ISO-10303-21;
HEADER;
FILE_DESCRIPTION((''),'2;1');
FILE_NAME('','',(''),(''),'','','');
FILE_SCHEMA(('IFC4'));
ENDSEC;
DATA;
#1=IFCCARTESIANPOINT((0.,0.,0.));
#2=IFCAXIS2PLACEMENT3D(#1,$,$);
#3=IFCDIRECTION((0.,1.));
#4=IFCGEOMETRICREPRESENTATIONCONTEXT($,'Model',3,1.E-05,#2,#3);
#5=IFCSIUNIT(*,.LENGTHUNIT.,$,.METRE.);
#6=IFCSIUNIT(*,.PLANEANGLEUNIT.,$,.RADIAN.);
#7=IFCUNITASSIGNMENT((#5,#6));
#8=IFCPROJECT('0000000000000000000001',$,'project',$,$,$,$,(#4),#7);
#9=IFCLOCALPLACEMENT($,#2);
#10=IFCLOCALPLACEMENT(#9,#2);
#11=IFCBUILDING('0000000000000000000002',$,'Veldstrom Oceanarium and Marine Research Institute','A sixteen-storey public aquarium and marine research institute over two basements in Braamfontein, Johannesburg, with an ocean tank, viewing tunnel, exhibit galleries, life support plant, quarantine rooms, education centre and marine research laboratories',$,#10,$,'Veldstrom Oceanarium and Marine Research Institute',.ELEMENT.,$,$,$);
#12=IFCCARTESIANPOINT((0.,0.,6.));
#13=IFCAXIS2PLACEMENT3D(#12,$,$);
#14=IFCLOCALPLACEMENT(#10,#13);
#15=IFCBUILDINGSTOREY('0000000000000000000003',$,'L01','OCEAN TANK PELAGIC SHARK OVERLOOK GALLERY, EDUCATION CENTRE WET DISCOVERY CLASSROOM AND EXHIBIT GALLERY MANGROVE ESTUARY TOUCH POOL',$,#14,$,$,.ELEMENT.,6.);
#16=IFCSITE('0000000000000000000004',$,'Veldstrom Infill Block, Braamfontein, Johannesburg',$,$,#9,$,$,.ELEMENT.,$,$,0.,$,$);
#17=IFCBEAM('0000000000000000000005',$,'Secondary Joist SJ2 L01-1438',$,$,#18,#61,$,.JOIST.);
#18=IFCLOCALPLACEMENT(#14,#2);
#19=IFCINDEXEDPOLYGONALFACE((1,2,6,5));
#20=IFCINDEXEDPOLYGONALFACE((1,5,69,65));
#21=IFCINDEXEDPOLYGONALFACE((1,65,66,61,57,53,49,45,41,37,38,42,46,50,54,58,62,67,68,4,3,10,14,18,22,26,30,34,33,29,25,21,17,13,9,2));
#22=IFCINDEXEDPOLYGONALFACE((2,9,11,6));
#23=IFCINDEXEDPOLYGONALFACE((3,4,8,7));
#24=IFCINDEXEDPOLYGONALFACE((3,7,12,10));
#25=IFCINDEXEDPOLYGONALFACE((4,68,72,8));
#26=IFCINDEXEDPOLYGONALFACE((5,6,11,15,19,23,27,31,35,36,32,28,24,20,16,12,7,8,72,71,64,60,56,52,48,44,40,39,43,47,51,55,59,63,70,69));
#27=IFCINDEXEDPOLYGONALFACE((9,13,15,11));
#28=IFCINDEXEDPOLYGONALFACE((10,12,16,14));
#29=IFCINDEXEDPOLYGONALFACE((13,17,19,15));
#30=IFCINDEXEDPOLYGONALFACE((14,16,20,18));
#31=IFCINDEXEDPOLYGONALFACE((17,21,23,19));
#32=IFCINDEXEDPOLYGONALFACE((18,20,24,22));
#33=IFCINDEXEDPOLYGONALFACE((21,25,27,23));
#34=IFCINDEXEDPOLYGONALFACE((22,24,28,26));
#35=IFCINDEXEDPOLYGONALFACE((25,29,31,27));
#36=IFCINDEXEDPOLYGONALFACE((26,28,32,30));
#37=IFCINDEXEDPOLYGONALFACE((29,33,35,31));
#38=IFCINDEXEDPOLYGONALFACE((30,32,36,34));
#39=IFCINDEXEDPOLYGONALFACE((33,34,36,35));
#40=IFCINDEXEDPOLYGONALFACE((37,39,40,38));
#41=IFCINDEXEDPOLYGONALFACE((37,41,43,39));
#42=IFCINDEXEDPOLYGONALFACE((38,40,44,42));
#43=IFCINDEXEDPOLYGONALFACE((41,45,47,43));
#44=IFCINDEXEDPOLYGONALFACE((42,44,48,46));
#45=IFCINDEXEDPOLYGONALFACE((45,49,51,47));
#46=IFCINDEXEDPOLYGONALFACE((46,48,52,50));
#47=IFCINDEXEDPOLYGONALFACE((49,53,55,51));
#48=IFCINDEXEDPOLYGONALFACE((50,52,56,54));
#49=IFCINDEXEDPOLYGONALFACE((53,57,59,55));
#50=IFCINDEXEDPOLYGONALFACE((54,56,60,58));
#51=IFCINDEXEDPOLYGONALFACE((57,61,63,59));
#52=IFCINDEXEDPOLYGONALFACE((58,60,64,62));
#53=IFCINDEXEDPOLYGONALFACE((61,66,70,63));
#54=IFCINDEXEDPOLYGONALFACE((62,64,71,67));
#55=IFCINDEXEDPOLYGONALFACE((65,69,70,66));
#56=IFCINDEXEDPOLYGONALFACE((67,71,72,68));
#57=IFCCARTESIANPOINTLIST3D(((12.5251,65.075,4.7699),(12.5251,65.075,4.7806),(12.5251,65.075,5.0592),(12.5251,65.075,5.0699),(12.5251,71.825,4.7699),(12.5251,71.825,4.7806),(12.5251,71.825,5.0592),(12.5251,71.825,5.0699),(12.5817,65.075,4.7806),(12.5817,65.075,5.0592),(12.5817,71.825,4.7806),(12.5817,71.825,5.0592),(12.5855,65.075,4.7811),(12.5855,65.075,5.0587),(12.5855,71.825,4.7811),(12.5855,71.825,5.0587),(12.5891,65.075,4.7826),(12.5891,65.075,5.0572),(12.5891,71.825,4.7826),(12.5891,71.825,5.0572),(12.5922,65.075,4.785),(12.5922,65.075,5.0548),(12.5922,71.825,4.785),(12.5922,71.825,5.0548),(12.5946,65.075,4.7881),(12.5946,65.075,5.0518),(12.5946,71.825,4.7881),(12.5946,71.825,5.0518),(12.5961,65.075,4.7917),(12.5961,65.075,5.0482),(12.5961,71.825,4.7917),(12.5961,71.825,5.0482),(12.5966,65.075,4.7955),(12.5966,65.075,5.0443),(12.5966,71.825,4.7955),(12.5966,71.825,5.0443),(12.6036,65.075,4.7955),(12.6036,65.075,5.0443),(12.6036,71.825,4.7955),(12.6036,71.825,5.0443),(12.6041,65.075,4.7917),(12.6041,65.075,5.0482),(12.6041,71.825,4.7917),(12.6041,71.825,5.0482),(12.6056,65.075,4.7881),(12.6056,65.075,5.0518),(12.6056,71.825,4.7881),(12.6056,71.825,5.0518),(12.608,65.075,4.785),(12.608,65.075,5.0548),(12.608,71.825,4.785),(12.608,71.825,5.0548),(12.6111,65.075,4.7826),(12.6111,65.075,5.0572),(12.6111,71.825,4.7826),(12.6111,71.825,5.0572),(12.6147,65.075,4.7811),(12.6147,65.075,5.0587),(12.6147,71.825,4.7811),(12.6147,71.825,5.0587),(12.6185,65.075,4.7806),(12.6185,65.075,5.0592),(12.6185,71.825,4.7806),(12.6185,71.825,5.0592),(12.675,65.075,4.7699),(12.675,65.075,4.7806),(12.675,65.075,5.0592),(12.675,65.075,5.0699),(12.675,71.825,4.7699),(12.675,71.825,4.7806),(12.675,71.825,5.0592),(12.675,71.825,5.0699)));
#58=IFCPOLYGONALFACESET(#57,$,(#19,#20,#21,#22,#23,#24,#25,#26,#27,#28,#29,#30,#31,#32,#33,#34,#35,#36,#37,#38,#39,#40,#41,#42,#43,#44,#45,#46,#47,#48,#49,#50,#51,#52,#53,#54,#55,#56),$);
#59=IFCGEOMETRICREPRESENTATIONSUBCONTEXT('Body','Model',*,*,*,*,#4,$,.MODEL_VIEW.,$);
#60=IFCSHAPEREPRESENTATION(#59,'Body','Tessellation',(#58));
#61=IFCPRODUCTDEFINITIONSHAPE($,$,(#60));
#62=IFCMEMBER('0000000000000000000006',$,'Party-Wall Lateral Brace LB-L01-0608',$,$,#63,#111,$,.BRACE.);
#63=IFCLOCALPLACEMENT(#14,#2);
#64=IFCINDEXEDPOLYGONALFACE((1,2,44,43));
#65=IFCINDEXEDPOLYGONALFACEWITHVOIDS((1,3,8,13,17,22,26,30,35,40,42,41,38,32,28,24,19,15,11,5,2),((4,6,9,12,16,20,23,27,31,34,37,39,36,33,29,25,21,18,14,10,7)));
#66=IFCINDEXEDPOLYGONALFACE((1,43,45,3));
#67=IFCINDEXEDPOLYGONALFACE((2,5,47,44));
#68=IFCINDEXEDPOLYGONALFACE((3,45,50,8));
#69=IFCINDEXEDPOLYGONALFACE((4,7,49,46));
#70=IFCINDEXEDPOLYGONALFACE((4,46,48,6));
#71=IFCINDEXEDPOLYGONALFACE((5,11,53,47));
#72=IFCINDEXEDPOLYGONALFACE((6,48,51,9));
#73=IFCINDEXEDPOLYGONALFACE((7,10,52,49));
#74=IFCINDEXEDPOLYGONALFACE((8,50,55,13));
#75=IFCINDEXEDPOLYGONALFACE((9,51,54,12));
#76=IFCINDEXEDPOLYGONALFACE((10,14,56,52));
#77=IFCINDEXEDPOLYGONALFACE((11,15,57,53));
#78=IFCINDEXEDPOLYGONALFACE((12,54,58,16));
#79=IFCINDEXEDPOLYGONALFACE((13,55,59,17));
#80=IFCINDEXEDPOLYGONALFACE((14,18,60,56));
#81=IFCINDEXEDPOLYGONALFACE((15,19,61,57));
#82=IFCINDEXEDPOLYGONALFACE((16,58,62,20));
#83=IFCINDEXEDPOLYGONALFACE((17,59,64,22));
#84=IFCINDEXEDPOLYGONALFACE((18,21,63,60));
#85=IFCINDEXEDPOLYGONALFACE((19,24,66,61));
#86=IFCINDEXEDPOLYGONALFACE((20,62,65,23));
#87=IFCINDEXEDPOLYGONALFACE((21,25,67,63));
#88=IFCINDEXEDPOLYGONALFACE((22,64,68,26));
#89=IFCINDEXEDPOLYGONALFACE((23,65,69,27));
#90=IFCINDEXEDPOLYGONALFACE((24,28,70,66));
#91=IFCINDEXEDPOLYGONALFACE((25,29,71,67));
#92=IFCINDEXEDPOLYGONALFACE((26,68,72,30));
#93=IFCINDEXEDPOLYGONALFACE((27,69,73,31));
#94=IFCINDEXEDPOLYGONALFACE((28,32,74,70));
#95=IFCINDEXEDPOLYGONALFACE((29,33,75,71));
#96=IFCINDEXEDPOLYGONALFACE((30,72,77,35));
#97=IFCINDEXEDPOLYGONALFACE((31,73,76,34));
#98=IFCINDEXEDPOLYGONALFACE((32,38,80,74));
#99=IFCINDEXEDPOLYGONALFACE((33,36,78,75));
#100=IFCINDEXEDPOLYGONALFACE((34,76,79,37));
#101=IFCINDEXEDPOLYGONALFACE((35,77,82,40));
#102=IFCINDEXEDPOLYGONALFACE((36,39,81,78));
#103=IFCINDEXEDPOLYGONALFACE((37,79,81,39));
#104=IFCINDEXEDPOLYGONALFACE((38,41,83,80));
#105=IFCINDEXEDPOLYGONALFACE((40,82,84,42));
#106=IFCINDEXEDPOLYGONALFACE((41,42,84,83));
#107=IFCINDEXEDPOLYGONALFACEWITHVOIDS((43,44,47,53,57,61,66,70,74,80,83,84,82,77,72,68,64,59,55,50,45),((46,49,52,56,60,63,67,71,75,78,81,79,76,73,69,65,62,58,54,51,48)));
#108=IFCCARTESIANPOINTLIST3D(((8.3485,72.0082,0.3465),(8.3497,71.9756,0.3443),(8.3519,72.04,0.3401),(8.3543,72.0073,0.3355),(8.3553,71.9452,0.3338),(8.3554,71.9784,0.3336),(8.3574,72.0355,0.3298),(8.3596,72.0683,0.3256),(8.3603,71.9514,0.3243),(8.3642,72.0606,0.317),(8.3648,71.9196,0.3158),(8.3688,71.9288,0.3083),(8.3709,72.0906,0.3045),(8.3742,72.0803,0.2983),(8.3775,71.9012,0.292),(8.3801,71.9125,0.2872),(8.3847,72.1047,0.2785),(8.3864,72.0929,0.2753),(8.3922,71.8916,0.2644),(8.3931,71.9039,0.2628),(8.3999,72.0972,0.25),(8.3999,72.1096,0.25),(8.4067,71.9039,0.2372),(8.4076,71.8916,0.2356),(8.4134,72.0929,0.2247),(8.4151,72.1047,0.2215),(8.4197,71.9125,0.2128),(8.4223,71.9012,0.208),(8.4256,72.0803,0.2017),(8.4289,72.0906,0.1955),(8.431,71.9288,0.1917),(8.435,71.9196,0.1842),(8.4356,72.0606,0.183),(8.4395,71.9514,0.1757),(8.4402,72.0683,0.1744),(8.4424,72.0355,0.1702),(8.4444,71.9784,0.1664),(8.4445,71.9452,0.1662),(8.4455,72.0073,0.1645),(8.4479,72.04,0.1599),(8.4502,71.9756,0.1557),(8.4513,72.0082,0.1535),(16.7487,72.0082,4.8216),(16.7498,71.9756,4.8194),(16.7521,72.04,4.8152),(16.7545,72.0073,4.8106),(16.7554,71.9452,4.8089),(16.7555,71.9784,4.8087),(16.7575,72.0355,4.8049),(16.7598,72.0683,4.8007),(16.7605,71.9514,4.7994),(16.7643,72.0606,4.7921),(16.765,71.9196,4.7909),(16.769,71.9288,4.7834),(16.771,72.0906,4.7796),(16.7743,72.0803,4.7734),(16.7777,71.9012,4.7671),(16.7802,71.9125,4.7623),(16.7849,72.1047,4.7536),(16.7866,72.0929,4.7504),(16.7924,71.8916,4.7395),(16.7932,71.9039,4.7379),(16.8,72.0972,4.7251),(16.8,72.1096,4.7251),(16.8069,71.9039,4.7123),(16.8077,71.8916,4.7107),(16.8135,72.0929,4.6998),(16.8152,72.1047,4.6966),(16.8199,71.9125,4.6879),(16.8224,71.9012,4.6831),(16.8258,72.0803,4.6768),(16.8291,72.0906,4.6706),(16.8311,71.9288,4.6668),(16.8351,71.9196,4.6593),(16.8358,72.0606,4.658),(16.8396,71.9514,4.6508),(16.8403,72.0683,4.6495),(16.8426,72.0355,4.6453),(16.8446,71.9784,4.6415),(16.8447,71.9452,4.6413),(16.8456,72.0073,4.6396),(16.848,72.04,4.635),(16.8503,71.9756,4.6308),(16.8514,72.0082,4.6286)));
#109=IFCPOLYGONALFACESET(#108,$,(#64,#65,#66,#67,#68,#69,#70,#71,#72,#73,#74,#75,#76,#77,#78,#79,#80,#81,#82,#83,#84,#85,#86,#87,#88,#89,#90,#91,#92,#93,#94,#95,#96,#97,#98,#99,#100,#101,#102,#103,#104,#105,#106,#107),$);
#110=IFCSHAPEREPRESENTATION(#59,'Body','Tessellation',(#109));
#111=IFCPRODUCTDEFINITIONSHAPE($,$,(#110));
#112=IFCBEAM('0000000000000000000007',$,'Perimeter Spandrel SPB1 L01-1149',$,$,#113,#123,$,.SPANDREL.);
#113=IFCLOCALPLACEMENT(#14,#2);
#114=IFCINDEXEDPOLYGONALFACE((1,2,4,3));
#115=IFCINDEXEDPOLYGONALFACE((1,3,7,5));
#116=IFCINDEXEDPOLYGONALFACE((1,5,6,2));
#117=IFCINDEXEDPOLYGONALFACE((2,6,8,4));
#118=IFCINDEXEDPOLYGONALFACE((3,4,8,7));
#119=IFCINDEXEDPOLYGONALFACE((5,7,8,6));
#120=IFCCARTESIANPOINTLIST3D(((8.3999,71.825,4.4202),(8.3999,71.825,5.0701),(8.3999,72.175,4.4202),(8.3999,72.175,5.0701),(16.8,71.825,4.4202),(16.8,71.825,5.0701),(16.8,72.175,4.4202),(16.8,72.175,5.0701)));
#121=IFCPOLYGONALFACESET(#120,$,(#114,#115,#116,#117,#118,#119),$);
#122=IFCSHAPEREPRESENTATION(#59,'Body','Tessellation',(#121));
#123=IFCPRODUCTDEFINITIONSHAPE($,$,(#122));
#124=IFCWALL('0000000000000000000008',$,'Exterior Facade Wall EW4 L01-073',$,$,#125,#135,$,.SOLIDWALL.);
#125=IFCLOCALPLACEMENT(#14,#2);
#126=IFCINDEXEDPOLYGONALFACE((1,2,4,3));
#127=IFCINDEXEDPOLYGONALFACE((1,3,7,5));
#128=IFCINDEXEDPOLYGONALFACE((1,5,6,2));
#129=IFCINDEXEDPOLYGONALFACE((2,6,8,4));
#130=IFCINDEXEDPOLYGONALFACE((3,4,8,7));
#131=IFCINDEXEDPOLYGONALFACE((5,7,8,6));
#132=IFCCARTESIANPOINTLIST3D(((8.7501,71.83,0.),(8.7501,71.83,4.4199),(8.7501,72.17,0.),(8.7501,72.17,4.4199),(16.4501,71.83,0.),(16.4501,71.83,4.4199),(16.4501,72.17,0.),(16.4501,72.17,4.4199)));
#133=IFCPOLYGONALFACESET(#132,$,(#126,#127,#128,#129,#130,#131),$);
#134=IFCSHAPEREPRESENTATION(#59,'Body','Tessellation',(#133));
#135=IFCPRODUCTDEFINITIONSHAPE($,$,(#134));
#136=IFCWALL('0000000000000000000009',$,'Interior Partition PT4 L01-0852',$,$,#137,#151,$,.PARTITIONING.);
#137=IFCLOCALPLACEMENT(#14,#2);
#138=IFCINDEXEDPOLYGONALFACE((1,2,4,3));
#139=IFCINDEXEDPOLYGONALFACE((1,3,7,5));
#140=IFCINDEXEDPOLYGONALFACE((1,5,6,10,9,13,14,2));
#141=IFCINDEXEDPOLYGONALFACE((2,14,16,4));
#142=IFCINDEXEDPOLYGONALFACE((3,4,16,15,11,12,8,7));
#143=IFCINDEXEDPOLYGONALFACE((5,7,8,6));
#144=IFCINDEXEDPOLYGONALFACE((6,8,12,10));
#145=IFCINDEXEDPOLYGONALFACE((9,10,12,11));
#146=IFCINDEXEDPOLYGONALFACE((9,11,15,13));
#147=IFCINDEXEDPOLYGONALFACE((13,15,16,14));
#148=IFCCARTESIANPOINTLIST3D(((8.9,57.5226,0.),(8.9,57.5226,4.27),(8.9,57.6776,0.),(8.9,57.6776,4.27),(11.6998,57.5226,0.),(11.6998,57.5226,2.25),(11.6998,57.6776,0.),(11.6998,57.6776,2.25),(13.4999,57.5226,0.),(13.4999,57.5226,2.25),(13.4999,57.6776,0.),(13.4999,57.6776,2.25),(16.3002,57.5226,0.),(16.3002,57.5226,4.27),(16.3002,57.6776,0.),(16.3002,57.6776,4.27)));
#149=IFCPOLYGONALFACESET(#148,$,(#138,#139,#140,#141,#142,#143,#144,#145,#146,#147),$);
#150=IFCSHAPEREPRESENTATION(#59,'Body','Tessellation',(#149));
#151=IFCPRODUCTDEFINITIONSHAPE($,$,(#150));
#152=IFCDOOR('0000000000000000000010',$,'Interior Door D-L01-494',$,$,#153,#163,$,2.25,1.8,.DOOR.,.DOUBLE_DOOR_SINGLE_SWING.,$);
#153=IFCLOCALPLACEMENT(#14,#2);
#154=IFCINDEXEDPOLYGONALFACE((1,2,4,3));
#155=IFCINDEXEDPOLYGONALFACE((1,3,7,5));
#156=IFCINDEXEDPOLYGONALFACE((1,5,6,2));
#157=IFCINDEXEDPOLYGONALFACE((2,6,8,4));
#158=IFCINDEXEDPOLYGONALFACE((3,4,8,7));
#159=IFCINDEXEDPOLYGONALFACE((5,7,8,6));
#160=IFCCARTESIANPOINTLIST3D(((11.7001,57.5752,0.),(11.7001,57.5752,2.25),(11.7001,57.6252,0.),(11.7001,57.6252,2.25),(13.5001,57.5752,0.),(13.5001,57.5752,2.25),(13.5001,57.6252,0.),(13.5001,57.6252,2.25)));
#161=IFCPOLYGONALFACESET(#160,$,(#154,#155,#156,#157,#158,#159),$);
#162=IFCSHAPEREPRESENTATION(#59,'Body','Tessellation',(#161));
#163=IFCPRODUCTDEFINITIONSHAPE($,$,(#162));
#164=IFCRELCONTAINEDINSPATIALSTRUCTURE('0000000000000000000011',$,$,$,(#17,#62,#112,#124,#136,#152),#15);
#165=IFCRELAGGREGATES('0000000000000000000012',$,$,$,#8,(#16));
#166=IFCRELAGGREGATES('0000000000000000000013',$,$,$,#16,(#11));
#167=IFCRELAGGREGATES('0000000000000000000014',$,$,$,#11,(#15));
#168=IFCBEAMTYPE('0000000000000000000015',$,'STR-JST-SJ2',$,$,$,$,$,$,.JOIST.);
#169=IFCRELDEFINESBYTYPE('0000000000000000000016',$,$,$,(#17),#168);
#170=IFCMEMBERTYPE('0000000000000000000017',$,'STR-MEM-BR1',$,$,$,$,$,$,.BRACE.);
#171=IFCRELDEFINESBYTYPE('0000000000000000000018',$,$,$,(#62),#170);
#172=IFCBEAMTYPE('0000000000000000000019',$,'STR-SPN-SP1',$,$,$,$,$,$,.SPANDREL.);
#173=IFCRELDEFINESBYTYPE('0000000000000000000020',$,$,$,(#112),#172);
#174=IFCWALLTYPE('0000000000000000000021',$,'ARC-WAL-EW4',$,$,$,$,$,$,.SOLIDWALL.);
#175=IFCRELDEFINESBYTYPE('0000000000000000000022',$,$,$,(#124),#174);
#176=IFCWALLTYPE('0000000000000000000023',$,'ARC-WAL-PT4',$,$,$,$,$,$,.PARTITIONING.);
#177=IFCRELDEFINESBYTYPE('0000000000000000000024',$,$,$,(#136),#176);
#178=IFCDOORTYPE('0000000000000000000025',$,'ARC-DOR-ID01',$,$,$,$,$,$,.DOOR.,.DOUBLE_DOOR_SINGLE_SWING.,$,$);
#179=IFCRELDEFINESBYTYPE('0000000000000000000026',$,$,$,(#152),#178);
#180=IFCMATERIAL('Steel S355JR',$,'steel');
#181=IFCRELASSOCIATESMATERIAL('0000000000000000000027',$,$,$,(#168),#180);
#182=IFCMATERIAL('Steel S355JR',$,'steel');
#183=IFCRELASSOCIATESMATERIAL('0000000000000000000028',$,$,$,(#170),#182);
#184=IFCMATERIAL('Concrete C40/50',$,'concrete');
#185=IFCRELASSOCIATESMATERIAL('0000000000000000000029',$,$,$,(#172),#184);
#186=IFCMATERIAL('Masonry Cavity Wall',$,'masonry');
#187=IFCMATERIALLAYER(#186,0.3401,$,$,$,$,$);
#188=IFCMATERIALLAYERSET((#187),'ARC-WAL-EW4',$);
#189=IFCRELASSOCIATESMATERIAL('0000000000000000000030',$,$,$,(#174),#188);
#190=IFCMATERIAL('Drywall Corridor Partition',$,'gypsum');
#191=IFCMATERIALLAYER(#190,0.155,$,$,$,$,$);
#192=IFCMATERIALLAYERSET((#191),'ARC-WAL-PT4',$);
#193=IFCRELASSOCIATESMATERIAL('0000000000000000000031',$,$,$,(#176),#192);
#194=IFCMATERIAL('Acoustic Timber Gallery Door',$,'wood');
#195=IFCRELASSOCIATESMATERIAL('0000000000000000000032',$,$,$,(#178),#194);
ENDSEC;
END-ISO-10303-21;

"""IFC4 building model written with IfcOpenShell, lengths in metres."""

from ifc_helpers import new_model, si_unit, direction, frame, frame_2d, origin, origin_2d, place, context, subcontext, project, spatial, rectangle, hollow_circle, i_section, extrude, material, layer, layer_set, material_profile, profile_set, type_object, element, fill, save


model = new_model("IFC4")

# Units and contexts
model_context = context("Model", 3, precision=1e-05, world=origin(), true_north=direction((0.0, 1.0)))
body_context = subcontext(model_context, "Body", "Model", "MODEL_VIEW")
ifc_project = project(units=[si_unit("LENGTHUNIT", "METRE"), si_unit("PLANEANGLEUNIT", "RADIAN")], contexts=[model_context])

# Site, building, storey
site_placement = place(None, origin())
site = spatial("IfcSite", under=ifc_project, at=site_placement, Name="Veldstrom Infill Block, Braamfontein, Johannesburg", CompositionType="ELEMENT", RefElevation=0.0)
building_placement = place(site_placement, origin())
building = spatial("IfcBuilding", under=site, at=building_placement, Name="Veldstrom Oceanarium and Marine Research Institute", Description="A sixteen-storey public aquarium and marine research institute over two basements in Braamfontein, Johannesburg, with an ocean tank, viewing tunnel, exhibit galleries, life support plant, quarantine rooms, education centre and marine research laboratories", LongName="Veldstrom Oceanarium and Marine Research Institute", CompositionType="ELEMENT")
storey_placement = place(building_placement, frame((0.0, 0.0, 6.0)))
storey = spatial("IfcBuildingStorey", under=building, at=storey_placement, Name="L01", Description="OCEAN TANK PELAGIC SHARK OVERLOOK GALLERY, EDUCATION CENTRE WET DISCOVERY CLASSROOM AND EXHIBIT GALLERY MANGROVE ESTUARY TOUCH POOL", CompositionType="ELEMENT", Elevation=6.0)

# Beam
ifc_material_1 = material(Name="Steel S355JR", Category="steel")
ifc_material_profile_1 = material_profile(ifc_material_1, i_section(OverallWidth=0.1499, OverallDepth=0.3, WebThickness=0.0071, FlangeThickness=0.0107, FilletRadius=0.0149, at=origin_2d()), Name="IPE 300")
ifc_profile_set_1 = profile_set([ifc_material_profile_1], Name="Steel S355JR")
beam_type_1 = type_object("IfcBeamType", Name="STR-JST-SJ2", PredefinedType="JOIST", material=ifc_profile_set_1)
beam_1_placement = place(storey_placement, frame((12.6001, 65.075, 4.9199), z_axis=(0.0, 1.0, 0.0), x_axis=(-1.0, 0.0, 0.0)))
element("IfcBeam", 1, at=beam_1_placement, inside=storey, type_object=beam_type_1, Name="Secondary Joist SJ2 L01-1438", PredefinedType="JOIST", context=body_context, shape_type="SweptSolid", body=[
    extrude(i_section(OverallWidth=0.1499, OverallDepth=0.3, WebThickness=0.0071, FlangeThickness=0.0107, FilletRadius=0.0149, at=origin_2d()), origin(), (0.0, 0.0, 1.0), 6.75),
])

# Member
ifc_material_2 = material(Name="Steel S355JR", Category="steel")
ifc_material_profile_2 = material_profile(ifc_material_2, hollow_circle(Radius=0.1096, WallThickness=0.0125, at=origin_2d()), Name="CHS 219.1x12.5")
ifc_profile_set_2 = profile_set([ifc_material_profile_2], Name="Steel S355JR")
member_type = type_object("IfcMemberType", Name="STR-MEM-BR1", PredefinedType="BRACE", material=ifc_profile_set_2)
member_placement = place(storey_placement, frame((8.3999, 72.0, 0.25), z_axis=(0.88257, 0.0, 0.470181), x_axis=(0.0, 1.0, 0.0)))
element("IfcMember", 2, at=member_placement, inside=storey, type_object=member_type, Name="Party-Wall Lateral Brace LB-L01-0608", PredefinedType="BRACE", context=body_context, shape_type="SweptSolid", body=[
    extrude(hollow_circle(Radius=0.1096, WallThickness=0.0125, at=origin_2d()), origin(), (0.0, 0.0, 1.0), 9.5178),
])

# Beam
ifc_material_3 = material(Name="Concrete C40/50", Category="concrete")
ifc_material_profile_3 = material_profile(ifc_material_3, rectangle(XDim=0.3501, YDim=0.6499, at=origin_2d()), Name="RC-SPN-350x650")
ifc_profile_set_3 = profile_set([ifc_material_profile_3], Name="Concrete C40/50")
beam_type_2 = type_object("IfcBeamType", Name="STR-SPN-SP1", PredefinedType="SPANDREL", material=ifc_profile_set_3)
beam_2_placement = place(storey_placement, frame((8.3999, 72.0, 4.7451), z_axis=(1.0, 0.0, 0.0), x_axis=(0.0, 1.0, 0.0)))
element("IfcBeam", 3, at=beam_2_placement, inside=storey, type_object=beam_type_2, Name="Perimeter Spandrel SPB1 L01-1149", PredefinedType="SPANDREL", context=body_context, shape_type="SweptSolid", body=[
    extrude(rectangle(XDim=0.3501, YDim=0.6499, at=origin_2d()), origin(), (0.0, 0.0, 1.0), 8.4001),
])

# Wall
ifc_material_4 = material(Name="Masonry Cavity Wall", Category="masonry")
ifc_layer_1 = layer(ifc_material_4, 0.3401)
ifc_layer_set_1 = layer_set([ifc_layer_1], Name="ARC-WAL-EW4")
wall_type_1 = type_object("IfcWallType", Name="ARC-WAL-EW4", PredefinedType="SOLIDWALL", material=ifc_layer_set_1)
wall_1_placement = place(storey_placement, frame((8.75, 72.0, 0.0), z_axis=(0.0, 0.0, 1.0), x_axis=(1.0, 0.0, 0.0)))
element("IfcWall", 4, at=wall_1_placement, inside=storey, type_object=wall_type_1, Name="Exterior Facade Wall EW4 L01-073", PredefinedType="SOLIDWALL", context=body_context, shape_type="SweptSolid", body=[
    extrude(rectangle(XDim=7.7, YDim=0.3401, at=frame_2d((3.8501, 0.0))), origin(), (0.0, 0.0, 1.0), 4.4199),
])

# Wall, opening, door
ifc_material_5 = material(Name="Drywall Corridor Partition", Category="gypsum")
ifc_layer_2 = layer(ifc_material_5, 0.155)
ifc_layer_set_2 = layer_set([ifc_layer_2], Name="ARC-WAL-PT4")
wall_type_2 = type_object("IfcWallType", Name="ARC-WAL-PT4", PredefinedType="PARTITIONING", material=ifc_layer_set_2)
wall_2_placement = place(storey_placement, frame((8.8999, 57.6001, 0.0), z_axis=(0.0, 0.0, 1.0), x_axis=(1.0, 0.0, 0.0)))
wall_2 = element("IfcWall", 5, at=wall_2_placement, inside=storey, type_object=wall_type_2, Name="Interior Partition PT4 L01-0852", PredefinedType="PARTITIONING", context=body_context, shape_type="SweptSolid", body=[
    extrude(rectangle(XDim=7.4001, YDim=0.155, at=frame_2d((3.7002, 0.0))), origin(), (0.0, 0.0, 1.0), 4.27),
])
opening_1_placement = place(wall_2_placement, frame((2.8, 0.0, 0.0)))
opening_1 = element("IfcOpeningElement", 6, at=opening_1_placement, cuts=wall_2, PredefinedType="OPENING", context=body_context, shape_type="SweptSolid", body=[
    extrude(rectangle(XDim=1.8, YDim=2.25, at=frame_2d((0.8999, 1.125))), frame((0.0, 0.0874, 0.0), z_axis=(0.0, -1.0, 0.0), x_axis=(1.0, 0.0, 0.0)), (0.0, 0.0, 1.0), 0.175),
])
ifc_material_6 = material(Name="Acoustic Timber Gallery Door", Category="wood")
door_type_1 = type_object("IfcDoorType", Name="ARC-DOR-ID01", OperationType="DOUBLE_DOOR_SINGLE_SWING", PredefinedType="DOOR", material=ifc_material_6)
door_1_placement = place(opening_1_placement, frame((1.8, 0.0, 0.0), z_axis=(0.0, 0.0, 1.0), x_axis=(-1.0, 0.0, 0.0)))
door_1 = element("IfcDoor", 7, at=door_1_placement, inside=storey, type_object=door_type_1, Name="Interior Door D-L01-494", OperationType="DOUBLE_DOOR_SINGLE_SWING", OverallHeight=2.25, OverallWidth=1.8, PredefinedType="DOOR", context=body_context, shape_type="SweptSolid", body=[
    extrude(rectangle(XDim=1.8, YDim=2.25, at=frame_2d((0.8999, 1.125))), frame((0.0, 0.0249, 0.0), z_axis=(0.0, -1.0, 0.0), x_axis=(1.0, 0.0, 0.0)), (0.0, 0.0, 1.0), 0.05),
])
fill(opening_1, door_1)

save(model, "model.ifc")
